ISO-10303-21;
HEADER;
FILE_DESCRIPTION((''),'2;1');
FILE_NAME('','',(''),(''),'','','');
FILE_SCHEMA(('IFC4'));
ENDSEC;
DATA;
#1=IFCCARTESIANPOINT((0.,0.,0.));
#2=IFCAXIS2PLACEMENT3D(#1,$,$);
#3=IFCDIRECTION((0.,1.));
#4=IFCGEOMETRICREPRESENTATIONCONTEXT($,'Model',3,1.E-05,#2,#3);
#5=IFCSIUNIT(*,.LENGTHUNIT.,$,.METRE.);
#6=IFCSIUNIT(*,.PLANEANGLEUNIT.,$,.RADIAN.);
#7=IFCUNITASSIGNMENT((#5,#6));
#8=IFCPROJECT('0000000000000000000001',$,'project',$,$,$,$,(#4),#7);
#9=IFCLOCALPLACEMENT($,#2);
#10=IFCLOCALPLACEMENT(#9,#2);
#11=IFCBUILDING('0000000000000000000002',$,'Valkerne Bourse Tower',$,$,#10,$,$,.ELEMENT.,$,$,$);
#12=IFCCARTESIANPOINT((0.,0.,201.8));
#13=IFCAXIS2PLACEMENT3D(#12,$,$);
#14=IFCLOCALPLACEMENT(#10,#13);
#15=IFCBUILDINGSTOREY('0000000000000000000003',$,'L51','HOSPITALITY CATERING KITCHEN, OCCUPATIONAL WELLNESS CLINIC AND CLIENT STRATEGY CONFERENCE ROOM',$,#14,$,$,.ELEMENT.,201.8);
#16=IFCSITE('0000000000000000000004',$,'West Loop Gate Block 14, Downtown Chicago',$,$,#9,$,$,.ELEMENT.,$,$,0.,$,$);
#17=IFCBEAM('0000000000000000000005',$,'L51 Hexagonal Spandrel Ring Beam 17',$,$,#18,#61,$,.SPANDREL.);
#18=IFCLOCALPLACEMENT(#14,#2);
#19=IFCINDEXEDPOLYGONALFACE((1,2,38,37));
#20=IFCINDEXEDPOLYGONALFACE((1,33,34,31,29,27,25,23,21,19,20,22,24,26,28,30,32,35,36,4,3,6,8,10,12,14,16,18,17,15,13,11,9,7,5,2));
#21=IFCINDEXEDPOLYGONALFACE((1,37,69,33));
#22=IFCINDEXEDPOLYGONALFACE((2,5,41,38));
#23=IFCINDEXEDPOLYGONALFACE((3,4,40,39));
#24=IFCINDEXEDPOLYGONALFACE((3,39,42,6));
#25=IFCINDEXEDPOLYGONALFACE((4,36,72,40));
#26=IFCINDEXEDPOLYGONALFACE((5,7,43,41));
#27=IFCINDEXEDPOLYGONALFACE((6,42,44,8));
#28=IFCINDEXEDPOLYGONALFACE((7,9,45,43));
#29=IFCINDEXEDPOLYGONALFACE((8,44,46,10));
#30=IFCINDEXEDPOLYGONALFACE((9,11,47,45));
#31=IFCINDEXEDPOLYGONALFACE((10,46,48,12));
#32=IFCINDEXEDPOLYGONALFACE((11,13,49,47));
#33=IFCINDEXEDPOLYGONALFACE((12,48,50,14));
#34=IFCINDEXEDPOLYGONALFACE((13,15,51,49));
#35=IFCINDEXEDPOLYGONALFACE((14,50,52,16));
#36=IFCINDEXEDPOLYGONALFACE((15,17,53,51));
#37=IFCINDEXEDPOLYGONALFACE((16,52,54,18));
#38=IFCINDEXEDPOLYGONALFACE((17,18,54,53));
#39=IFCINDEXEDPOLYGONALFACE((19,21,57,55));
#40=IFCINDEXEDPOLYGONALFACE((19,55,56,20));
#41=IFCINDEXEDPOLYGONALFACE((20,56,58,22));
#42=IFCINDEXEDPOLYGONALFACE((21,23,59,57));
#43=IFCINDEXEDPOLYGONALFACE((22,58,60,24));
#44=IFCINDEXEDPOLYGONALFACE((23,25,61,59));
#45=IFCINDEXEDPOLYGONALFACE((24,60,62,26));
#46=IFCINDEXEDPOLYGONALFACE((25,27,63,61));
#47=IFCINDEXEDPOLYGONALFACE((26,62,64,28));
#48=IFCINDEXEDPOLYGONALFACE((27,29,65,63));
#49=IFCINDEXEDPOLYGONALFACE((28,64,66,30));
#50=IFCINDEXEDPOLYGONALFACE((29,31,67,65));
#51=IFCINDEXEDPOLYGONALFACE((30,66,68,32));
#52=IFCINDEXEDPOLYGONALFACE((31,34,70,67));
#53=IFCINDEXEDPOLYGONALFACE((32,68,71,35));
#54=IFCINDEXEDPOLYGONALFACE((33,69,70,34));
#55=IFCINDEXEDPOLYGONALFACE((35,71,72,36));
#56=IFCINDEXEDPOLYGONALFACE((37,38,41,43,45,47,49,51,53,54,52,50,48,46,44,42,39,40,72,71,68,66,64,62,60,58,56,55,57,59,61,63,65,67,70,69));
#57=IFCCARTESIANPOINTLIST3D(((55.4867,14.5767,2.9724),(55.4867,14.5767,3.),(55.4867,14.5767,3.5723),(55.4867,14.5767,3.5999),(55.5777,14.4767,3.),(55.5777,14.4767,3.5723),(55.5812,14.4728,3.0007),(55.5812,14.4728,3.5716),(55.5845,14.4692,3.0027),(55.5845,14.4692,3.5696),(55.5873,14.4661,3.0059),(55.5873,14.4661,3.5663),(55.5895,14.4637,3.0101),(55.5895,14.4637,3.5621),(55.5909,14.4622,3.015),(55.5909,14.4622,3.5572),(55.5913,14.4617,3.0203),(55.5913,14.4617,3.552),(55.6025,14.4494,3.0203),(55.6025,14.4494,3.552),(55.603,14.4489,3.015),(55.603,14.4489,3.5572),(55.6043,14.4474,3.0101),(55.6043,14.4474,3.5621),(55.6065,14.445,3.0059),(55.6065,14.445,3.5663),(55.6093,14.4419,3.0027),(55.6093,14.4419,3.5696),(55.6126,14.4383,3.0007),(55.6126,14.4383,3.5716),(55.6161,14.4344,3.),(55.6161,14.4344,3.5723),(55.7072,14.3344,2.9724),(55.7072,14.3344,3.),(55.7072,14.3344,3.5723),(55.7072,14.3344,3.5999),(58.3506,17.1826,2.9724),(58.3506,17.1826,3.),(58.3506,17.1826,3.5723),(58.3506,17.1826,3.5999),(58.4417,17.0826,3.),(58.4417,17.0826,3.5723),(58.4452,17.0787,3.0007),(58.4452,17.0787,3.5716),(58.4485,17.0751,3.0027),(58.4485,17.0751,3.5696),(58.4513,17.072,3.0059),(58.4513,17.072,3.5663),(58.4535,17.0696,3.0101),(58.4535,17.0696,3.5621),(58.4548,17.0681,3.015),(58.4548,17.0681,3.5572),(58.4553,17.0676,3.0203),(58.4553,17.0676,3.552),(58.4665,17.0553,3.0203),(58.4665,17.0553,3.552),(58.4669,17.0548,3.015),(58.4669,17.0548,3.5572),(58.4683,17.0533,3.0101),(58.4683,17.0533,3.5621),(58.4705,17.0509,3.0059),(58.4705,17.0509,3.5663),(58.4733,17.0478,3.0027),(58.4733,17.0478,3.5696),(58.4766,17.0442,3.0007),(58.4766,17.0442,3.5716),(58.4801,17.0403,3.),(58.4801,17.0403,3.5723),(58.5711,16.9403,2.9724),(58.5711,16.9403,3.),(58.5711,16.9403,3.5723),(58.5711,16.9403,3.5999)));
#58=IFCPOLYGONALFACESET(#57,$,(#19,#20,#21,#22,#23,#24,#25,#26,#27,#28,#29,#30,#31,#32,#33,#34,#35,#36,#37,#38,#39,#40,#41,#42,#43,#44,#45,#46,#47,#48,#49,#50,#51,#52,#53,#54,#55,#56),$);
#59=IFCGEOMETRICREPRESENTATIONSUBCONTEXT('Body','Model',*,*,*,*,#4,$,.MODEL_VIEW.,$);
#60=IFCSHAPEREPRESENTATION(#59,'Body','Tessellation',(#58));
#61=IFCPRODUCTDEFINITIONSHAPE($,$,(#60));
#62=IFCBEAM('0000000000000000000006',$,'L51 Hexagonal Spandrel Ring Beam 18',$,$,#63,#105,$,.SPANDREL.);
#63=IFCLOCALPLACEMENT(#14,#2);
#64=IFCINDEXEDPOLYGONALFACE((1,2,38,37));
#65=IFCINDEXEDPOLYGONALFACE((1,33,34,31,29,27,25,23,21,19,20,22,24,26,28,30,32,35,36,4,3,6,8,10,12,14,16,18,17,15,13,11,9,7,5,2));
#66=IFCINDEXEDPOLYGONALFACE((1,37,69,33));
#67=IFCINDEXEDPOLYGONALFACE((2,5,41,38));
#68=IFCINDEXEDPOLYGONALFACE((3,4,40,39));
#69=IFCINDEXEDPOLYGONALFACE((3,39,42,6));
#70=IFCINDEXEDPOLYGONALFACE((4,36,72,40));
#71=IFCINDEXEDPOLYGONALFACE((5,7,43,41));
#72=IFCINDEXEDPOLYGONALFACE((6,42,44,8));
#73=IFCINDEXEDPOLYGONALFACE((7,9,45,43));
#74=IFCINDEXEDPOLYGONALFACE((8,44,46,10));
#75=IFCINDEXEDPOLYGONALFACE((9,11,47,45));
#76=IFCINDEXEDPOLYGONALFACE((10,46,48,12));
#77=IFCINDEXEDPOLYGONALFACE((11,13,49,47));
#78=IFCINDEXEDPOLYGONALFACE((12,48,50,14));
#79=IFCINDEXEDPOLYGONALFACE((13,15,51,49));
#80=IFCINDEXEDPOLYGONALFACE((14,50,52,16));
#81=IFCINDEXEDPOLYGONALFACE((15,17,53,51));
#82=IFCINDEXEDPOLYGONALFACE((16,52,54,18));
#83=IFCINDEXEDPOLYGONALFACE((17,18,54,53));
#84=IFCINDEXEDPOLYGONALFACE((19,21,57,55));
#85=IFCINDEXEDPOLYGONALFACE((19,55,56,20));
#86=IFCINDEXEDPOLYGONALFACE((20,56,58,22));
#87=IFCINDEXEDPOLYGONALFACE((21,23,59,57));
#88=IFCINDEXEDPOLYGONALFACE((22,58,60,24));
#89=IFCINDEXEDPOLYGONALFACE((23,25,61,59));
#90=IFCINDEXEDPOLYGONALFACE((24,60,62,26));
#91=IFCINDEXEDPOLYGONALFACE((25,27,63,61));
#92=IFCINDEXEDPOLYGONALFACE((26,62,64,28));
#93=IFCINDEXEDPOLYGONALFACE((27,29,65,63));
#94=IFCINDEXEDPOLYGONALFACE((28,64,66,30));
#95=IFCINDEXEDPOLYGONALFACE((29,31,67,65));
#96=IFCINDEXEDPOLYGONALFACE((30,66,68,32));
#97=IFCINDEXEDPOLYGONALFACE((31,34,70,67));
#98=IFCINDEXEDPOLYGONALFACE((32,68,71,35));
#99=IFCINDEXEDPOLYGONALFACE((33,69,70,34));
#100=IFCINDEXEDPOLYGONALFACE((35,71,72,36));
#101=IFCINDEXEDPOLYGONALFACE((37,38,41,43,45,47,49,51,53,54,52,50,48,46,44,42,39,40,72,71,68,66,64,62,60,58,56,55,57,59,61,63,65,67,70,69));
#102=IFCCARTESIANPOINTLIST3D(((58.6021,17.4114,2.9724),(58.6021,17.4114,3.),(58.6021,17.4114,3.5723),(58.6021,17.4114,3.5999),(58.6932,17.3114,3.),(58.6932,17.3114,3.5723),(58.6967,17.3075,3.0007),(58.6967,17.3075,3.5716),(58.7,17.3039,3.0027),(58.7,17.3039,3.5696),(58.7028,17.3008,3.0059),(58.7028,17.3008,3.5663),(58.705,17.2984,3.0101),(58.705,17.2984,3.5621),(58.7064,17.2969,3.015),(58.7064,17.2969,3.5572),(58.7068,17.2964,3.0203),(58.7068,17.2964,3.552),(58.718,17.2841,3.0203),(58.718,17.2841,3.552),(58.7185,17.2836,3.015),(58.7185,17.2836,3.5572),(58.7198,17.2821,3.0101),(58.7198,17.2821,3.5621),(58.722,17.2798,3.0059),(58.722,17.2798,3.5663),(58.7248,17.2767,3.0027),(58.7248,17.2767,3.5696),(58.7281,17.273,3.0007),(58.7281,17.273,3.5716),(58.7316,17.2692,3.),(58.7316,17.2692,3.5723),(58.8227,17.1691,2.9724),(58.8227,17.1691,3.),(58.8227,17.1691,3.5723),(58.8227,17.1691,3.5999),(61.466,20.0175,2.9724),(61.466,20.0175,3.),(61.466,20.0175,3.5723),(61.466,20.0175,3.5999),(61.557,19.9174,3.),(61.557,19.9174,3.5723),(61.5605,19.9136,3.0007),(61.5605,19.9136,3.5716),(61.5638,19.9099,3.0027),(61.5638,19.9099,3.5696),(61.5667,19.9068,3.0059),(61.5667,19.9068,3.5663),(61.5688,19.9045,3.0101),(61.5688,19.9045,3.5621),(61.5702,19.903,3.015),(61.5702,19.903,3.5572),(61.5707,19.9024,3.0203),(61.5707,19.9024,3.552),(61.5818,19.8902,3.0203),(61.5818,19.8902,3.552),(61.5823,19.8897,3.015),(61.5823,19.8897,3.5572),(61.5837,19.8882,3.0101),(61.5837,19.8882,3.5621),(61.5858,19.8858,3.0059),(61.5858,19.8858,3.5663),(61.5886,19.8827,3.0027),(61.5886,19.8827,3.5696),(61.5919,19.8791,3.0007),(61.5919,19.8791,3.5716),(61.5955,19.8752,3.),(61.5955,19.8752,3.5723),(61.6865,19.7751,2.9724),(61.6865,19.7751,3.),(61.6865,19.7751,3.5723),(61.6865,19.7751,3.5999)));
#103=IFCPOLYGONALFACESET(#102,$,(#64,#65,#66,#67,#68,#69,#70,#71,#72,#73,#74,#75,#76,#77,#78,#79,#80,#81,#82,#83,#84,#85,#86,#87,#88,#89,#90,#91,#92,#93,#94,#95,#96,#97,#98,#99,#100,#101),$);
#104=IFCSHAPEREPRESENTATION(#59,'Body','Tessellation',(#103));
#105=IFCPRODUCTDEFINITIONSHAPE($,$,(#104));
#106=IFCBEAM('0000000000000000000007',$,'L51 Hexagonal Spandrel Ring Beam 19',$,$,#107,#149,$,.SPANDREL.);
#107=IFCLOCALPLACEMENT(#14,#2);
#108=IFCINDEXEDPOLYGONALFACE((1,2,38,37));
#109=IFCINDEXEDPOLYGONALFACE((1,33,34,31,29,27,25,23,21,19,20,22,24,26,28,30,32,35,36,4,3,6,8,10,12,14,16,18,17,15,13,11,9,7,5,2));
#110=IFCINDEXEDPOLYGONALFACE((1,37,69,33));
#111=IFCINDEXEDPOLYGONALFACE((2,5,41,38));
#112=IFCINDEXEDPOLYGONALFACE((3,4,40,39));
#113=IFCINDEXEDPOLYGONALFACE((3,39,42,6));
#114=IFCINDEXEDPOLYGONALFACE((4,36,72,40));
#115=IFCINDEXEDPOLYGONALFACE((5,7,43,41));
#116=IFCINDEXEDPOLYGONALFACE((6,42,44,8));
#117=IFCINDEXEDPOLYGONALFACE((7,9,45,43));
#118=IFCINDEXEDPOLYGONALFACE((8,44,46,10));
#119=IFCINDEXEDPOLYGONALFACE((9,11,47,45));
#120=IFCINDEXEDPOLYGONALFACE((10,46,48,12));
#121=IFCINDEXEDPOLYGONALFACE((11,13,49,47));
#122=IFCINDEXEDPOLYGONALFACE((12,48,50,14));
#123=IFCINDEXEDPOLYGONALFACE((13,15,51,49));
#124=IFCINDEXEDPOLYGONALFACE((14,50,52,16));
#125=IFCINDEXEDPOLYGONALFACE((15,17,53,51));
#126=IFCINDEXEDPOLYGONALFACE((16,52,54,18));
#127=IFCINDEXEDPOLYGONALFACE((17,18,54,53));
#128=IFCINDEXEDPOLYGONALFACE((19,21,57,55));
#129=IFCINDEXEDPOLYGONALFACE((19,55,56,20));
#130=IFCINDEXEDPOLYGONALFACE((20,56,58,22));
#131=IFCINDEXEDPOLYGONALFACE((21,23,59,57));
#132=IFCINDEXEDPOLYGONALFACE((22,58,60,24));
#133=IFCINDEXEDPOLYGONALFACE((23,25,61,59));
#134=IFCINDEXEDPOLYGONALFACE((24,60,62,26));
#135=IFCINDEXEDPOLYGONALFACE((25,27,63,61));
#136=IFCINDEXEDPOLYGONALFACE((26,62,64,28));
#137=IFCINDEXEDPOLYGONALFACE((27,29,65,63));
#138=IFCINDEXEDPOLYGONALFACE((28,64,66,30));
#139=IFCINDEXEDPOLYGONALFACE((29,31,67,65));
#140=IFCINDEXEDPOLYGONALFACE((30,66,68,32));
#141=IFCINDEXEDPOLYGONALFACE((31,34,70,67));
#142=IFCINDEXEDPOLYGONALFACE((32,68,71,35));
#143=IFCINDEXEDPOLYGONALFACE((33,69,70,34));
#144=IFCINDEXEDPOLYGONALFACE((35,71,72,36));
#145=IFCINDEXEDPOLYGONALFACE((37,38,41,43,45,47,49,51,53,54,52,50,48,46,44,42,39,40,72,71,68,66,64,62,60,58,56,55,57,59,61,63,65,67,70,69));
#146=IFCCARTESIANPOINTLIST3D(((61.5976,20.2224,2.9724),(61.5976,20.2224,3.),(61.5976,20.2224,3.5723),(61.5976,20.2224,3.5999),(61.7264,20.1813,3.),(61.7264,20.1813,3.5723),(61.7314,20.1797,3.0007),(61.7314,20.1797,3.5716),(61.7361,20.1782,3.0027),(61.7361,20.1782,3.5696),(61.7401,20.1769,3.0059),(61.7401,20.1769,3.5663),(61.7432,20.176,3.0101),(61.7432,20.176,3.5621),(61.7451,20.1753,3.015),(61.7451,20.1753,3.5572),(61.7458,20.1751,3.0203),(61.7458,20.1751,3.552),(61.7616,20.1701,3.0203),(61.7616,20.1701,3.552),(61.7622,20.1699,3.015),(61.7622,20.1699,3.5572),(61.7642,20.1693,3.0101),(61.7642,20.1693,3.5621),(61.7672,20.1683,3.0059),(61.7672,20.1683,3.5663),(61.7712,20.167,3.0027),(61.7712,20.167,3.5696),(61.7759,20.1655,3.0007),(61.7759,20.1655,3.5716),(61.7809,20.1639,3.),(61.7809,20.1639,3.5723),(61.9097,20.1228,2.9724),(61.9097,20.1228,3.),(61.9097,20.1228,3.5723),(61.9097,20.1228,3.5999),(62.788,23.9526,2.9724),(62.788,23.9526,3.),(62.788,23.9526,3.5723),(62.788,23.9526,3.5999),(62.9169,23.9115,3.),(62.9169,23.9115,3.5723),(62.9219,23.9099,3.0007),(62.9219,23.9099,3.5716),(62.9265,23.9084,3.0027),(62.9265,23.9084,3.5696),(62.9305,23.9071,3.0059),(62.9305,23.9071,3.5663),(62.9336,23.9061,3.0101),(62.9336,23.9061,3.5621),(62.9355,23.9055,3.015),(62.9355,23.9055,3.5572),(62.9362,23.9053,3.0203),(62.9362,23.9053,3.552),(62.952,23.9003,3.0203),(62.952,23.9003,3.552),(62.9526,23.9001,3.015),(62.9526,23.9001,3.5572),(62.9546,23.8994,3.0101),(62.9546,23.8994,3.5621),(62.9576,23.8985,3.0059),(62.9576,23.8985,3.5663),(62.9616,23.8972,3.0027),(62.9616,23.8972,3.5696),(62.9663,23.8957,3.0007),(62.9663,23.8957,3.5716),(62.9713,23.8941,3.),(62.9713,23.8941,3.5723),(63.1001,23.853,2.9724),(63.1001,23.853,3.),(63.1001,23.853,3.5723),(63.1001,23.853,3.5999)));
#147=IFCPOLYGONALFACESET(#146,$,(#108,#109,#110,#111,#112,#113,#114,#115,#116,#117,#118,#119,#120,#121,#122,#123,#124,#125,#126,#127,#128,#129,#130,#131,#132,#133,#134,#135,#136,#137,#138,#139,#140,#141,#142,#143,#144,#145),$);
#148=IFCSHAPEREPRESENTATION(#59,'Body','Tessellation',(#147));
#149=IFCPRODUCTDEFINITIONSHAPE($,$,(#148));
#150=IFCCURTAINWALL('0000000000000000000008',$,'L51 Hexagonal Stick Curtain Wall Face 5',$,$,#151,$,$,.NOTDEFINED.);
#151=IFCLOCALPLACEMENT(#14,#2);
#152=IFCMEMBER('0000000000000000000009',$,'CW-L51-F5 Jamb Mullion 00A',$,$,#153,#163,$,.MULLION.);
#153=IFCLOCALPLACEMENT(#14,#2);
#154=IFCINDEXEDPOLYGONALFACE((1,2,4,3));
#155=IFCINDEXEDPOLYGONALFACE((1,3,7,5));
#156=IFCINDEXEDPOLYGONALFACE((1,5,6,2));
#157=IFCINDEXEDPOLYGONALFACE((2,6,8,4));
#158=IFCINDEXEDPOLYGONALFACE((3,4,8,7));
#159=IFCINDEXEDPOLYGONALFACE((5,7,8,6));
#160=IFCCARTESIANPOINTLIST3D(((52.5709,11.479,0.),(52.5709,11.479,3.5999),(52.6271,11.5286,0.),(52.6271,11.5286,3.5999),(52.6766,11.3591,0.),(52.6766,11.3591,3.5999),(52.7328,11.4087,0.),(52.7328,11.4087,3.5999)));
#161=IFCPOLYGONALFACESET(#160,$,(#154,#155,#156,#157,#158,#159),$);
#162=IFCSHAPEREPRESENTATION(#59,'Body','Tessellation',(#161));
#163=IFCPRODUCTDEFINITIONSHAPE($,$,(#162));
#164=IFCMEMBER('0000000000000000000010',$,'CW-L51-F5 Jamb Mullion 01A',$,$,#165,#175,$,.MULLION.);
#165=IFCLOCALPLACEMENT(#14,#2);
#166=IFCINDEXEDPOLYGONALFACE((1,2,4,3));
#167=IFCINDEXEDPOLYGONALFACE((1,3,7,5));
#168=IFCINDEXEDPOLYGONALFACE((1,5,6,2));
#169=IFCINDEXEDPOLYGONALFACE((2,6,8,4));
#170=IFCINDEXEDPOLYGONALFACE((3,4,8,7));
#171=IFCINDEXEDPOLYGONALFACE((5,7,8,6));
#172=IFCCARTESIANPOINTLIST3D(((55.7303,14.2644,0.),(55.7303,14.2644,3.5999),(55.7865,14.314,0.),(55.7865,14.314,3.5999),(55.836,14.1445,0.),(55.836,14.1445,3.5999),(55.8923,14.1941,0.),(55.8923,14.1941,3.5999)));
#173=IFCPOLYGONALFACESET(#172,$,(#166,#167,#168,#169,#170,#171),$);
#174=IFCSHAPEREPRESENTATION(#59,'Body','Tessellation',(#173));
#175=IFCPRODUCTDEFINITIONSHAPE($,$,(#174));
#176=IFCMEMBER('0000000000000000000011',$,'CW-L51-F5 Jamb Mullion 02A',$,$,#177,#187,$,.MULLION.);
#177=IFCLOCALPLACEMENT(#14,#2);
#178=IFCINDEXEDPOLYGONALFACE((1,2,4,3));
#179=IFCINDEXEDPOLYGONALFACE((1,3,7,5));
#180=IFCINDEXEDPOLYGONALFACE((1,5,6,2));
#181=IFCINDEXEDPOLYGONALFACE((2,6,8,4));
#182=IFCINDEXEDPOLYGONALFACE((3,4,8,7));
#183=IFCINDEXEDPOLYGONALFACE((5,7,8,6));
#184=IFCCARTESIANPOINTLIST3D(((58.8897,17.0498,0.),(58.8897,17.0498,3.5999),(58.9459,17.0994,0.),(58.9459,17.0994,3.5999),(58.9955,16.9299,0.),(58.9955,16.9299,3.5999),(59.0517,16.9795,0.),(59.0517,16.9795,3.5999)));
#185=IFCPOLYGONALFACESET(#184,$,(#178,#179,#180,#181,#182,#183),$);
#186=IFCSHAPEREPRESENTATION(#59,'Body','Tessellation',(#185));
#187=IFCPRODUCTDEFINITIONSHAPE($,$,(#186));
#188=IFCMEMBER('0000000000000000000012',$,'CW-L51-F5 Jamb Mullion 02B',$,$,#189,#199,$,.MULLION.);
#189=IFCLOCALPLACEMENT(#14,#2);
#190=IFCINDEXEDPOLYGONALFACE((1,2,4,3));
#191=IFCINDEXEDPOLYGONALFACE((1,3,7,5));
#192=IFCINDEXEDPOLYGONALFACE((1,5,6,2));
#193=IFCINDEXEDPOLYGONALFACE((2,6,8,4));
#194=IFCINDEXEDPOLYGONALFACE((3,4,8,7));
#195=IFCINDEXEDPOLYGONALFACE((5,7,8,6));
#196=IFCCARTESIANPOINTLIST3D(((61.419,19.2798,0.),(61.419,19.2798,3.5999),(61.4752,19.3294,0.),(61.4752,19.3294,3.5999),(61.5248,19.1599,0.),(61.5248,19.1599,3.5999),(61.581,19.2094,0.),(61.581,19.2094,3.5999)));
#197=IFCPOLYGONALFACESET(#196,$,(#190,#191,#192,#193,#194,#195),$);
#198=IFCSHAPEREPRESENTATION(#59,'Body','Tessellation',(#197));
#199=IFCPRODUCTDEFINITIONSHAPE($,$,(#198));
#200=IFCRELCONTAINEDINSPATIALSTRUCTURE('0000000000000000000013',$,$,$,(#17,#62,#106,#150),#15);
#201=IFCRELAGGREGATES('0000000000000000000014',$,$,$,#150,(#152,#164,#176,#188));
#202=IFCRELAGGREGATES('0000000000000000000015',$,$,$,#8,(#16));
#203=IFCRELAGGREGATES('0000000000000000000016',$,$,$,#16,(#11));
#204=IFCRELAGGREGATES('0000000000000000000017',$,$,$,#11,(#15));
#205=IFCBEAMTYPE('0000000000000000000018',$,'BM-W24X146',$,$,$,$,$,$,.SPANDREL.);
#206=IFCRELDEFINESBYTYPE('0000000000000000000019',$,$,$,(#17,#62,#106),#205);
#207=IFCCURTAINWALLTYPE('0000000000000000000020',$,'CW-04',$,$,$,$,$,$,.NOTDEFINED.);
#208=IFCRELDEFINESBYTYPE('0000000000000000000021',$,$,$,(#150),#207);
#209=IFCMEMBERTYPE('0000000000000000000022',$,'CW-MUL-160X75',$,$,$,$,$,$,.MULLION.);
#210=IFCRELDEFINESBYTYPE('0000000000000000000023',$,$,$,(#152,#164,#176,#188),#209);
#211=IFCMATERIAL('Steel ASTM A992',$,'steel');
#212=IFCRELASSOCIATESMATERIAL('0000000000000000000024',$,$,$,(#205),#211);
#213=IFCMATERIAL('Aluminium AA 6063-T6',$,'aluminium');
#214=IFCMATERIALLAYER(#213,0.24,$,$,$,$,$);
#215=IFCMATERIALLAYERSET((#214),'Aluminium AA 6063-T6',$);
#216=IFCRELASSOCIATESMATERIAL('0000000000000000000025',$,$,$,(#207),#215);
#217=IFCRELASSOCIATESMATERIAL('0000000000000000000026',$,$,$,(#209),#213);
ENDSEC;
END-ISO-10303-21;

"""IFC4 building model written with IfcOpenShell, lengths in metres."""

from ifc_helpers import new_model, si_unit, direction, frame, origin, origin_2d, place, context, subcontext, project, spatial, rectangle, i_section, extrude, material, layer, layer_set, material_profile, profile_set, type_object, element, aggregate, save


model = new_model("IFC4")

# Units and contexts
model_context = context("Model", 3, precision=1e-05, world=origin(), true_north=direction((0.0, 1.0)))
body_context = subcontext(model_context, "Body", "Model", "MODEL_VIEW")
ifc_project = project(units=[si_unit("LENGTHUNIT", "METRE"), si_unit("PLANEANGLEUNIT", "RADIAN")], contexts=[model_context])

# Site, building, storey
site_placement = place(None, origin())
site = spatial("IfcSite", under=ifc_project, at=site_placement, Name="West Loop Gate Block 14, Downtown Chicago", CompositionType="ELEMENT", RefElevation=0.0)
building_placement = place(site_placement, origin())
building = spatial("IfcBuilding", under=site, at=building_placement, Name="Valkerne Bourse Tower", CompositionType="ELEMENT")
storey_placement = place(building_placement, frame((0.0, 0.0, 201.8)))
storey = spatial("IfcBuildingStorey", under=building, at=storey_placement, Name="L51", Description="HOSPITALITY CATERING KITCHEN, OCCUPATIONAL WELLNESS CLINIC AND CLIENT STRATEGY CONFERENCE ROOM", CompositionType="ELEMENT", Elevation=201.8)

# Beams
ifc_material_1 = material(Name="Steel ASTM A992", Category="steel")
ifc_material_profile_1 = material_profile(ifc_material_1, i_section(OverallWidth=0.3276, OverallDepth=0.6274, WebThickness=0.0166, FlangeThickness=0.0276, FilletRadius=0.0203, at=origin_2d()), Name="W24X146")
ifc_profile_set_1 = profile_set([ifc_material_profile_1], Name="Steel ASTM A992")
beam_type = type_object("IfcBeamType", Name="BM-W24X146", PredefinedType="SPANDREL", material=ifc_profile_set_1)
for number, where, z_axis, x_axis, name in (
    (1, (55.5969, 14.4556, 3.2861), (0.739643, 0.672999, 0.0), (-0.672999, 0.739643, 0.0), "L51 Hexagonal Spandrel Ring Beam 17"),
    (2, (58.7124, 17.2903, 3.2861), (0.739615, 0.67303, 0.0), (-0.67303, 0.739615, 0.0), "L51 Hexagonal Spandrel Ring Beam 18"),
):
    element("IfcBeam", number, at=place(storey_placement, frame(where, z_axis=z_axis, x_axis=x_axis)), inside=storey, type_object=beam_type, Name=name, PredefinedType="SPANDREL", context=body_context, shape_type="SweptSolid", body=[
        extrude(i_section(OverallWidth=0.3276, OverallDepth=0.6274, WebThickness=0.0166, FlangeThickness=0.0276, FilletRadius=0.0203, at=origin_2d()), origin(), (0.0, 0.0, 1.0), 3.8721),
    ])
beam_placement = place(storey_placement, frame((61.7537, 20.1726, 3.2861), z_axis=(0.304025, 0.952664, 0.0), x_axis=(-0.952664, 0.304025, 0.0)))
element("IfcBeam", 3, at=beam_placement, inside=storey, type_object=beam_type, Name="L51 Hexagonal Spandrel Ring Beam 19", PredefinedType="SPANDREL", context=body_context, shape_type="SweptSolid", body=[
    extrude(i_section(OverallWidth=0.3276, OverallDepth=0.6274, WebThickness=0.0166, FlangeThickness=0.0276, FilletRadius=0.0203, at=origin_2d()), origin(), (0.0, 0.0, 1.0), 3.9155),
])

# Curtain wall, members
ifc_material_2 = material(Name="Aluminium AA 6063-T6", Category="aluminium")
ifc_layer_1 = layer(ifc_material_2, 0.24)
ifc_layer_set_1 = layer_set([ifc_layer_1], Name="Aluminium AA 6063-T6")
curtain_wall_type = type_object("IfcCurtainWallType", Name="CW-04", PredefinedType="NOTDEFINED", material=ifc_layer_set_1)
curtain_wall_placement = place(storey_placement, origin())
curtain_wall = element("IfcCurtainWall", 4, at=curtain_wall_placement, inside=storey, type_object=curtain_wall_type, Name="L51 Hexagonal Stick Curtain Wall Face 5", PredefinedType="NOTDEFINED")
ifc_material_profile_2 = material_profile(ifc_material_2, rectangle(XDim=0.075, YDim=0.1599, at=origin_2d()), Name="CWM-75X160")
ifc_profile_set_2 = profile_set([ifc_material_profile_2], Name="Aluminium AA 6063-T6")
member_type_1 = type_object("IfcMemberType", Name="CW-MUL-160X75", PredefinedType="MULLION", material=ifc_profile_set_2)
member_1_placement = place(storey_placement, frame((52.6519, 11.4438, 0.0), z_axis=(0.0, 0.0, 1.0), x_axis=(0.75012, 0.661302, 0.0)))
member_1 = element("IfcMember", 5, at=member_1_placement, type_object=member_type_1, Name="CW-L51-F5 Jamb Mullion 00A", PredefinedType="MULLION", context=body_context, shape_type="SweptSolid", body=[
    extrude(rectangle(XDim=0.075, YDim=0.1599, at=origin_2d()), origin(), (0.0, 0.0, 1.0), 3.5999),
])
member_2_placement = place(storey_placement, frame((55.8113, 14.2292, 0.0), z_axis=(0.0, 0.0, 1.0), x_axis=(0.750098, 0.661327, 0.0)))
member_2 = element("IfcMember", 6, at=member_2_placement, type_object=member_type_1, Name="CW-L51-F5 Jamb Mullion 01A", PredefinedType="MULLION", context=body_context, shape_type="SweptSolid", body=[
    extrude(rectangle(XDim=0.075, YDim=0.1599, at=origin_2d()), origin(), (0.0, 0.0, 1.0), 3.5999),
])
member_3_placement = place(storey_placement, frame((58.9707, 17.0146, 0.0), z_axis=(0.0, 0.0, 1.0), x_axis=(0.75012, 0.661302, 0.0)))
member_3 = element("IfcMember", 7, at=member_3_placement, type_object=member_type_1, Name="CW-L51-F5 Jamb Mullion 02A", PredefinedType="MULLION", context=body_context, shape_type="SweptSolid", body=[
    extrude(rectangle(XDim=0.075, YDim=0.1599, at=origin_2d()), origin(), (0.0, 0.0, 1.0), 3.5999),
])
member_4_placement = place(storey_placement, frame((61.5, 19.2446, 0.0), z_axis=(0.0, 0.0, 1.0), x_axis=(0.75012, 0.661302, 0.0)))
member_4 = element("IfcMember", 8, at=member_4_placement, type_object=member_type_1, Name="CW-L51-F5 Jamb Mullion 02B", PredefinedType="MULLION", context=body_context, shape_type="SweptSolid", body=[
    extrude(rectangle(XDim=0.075, YDim=0.1599, at=origin_2d()), origin(), (0.0, 0.0, 1.0), 3.5999),
])
aggregate(curtain_wall, [member_1, member_2, member_3, member_4])

save(model, "model.ifc")
